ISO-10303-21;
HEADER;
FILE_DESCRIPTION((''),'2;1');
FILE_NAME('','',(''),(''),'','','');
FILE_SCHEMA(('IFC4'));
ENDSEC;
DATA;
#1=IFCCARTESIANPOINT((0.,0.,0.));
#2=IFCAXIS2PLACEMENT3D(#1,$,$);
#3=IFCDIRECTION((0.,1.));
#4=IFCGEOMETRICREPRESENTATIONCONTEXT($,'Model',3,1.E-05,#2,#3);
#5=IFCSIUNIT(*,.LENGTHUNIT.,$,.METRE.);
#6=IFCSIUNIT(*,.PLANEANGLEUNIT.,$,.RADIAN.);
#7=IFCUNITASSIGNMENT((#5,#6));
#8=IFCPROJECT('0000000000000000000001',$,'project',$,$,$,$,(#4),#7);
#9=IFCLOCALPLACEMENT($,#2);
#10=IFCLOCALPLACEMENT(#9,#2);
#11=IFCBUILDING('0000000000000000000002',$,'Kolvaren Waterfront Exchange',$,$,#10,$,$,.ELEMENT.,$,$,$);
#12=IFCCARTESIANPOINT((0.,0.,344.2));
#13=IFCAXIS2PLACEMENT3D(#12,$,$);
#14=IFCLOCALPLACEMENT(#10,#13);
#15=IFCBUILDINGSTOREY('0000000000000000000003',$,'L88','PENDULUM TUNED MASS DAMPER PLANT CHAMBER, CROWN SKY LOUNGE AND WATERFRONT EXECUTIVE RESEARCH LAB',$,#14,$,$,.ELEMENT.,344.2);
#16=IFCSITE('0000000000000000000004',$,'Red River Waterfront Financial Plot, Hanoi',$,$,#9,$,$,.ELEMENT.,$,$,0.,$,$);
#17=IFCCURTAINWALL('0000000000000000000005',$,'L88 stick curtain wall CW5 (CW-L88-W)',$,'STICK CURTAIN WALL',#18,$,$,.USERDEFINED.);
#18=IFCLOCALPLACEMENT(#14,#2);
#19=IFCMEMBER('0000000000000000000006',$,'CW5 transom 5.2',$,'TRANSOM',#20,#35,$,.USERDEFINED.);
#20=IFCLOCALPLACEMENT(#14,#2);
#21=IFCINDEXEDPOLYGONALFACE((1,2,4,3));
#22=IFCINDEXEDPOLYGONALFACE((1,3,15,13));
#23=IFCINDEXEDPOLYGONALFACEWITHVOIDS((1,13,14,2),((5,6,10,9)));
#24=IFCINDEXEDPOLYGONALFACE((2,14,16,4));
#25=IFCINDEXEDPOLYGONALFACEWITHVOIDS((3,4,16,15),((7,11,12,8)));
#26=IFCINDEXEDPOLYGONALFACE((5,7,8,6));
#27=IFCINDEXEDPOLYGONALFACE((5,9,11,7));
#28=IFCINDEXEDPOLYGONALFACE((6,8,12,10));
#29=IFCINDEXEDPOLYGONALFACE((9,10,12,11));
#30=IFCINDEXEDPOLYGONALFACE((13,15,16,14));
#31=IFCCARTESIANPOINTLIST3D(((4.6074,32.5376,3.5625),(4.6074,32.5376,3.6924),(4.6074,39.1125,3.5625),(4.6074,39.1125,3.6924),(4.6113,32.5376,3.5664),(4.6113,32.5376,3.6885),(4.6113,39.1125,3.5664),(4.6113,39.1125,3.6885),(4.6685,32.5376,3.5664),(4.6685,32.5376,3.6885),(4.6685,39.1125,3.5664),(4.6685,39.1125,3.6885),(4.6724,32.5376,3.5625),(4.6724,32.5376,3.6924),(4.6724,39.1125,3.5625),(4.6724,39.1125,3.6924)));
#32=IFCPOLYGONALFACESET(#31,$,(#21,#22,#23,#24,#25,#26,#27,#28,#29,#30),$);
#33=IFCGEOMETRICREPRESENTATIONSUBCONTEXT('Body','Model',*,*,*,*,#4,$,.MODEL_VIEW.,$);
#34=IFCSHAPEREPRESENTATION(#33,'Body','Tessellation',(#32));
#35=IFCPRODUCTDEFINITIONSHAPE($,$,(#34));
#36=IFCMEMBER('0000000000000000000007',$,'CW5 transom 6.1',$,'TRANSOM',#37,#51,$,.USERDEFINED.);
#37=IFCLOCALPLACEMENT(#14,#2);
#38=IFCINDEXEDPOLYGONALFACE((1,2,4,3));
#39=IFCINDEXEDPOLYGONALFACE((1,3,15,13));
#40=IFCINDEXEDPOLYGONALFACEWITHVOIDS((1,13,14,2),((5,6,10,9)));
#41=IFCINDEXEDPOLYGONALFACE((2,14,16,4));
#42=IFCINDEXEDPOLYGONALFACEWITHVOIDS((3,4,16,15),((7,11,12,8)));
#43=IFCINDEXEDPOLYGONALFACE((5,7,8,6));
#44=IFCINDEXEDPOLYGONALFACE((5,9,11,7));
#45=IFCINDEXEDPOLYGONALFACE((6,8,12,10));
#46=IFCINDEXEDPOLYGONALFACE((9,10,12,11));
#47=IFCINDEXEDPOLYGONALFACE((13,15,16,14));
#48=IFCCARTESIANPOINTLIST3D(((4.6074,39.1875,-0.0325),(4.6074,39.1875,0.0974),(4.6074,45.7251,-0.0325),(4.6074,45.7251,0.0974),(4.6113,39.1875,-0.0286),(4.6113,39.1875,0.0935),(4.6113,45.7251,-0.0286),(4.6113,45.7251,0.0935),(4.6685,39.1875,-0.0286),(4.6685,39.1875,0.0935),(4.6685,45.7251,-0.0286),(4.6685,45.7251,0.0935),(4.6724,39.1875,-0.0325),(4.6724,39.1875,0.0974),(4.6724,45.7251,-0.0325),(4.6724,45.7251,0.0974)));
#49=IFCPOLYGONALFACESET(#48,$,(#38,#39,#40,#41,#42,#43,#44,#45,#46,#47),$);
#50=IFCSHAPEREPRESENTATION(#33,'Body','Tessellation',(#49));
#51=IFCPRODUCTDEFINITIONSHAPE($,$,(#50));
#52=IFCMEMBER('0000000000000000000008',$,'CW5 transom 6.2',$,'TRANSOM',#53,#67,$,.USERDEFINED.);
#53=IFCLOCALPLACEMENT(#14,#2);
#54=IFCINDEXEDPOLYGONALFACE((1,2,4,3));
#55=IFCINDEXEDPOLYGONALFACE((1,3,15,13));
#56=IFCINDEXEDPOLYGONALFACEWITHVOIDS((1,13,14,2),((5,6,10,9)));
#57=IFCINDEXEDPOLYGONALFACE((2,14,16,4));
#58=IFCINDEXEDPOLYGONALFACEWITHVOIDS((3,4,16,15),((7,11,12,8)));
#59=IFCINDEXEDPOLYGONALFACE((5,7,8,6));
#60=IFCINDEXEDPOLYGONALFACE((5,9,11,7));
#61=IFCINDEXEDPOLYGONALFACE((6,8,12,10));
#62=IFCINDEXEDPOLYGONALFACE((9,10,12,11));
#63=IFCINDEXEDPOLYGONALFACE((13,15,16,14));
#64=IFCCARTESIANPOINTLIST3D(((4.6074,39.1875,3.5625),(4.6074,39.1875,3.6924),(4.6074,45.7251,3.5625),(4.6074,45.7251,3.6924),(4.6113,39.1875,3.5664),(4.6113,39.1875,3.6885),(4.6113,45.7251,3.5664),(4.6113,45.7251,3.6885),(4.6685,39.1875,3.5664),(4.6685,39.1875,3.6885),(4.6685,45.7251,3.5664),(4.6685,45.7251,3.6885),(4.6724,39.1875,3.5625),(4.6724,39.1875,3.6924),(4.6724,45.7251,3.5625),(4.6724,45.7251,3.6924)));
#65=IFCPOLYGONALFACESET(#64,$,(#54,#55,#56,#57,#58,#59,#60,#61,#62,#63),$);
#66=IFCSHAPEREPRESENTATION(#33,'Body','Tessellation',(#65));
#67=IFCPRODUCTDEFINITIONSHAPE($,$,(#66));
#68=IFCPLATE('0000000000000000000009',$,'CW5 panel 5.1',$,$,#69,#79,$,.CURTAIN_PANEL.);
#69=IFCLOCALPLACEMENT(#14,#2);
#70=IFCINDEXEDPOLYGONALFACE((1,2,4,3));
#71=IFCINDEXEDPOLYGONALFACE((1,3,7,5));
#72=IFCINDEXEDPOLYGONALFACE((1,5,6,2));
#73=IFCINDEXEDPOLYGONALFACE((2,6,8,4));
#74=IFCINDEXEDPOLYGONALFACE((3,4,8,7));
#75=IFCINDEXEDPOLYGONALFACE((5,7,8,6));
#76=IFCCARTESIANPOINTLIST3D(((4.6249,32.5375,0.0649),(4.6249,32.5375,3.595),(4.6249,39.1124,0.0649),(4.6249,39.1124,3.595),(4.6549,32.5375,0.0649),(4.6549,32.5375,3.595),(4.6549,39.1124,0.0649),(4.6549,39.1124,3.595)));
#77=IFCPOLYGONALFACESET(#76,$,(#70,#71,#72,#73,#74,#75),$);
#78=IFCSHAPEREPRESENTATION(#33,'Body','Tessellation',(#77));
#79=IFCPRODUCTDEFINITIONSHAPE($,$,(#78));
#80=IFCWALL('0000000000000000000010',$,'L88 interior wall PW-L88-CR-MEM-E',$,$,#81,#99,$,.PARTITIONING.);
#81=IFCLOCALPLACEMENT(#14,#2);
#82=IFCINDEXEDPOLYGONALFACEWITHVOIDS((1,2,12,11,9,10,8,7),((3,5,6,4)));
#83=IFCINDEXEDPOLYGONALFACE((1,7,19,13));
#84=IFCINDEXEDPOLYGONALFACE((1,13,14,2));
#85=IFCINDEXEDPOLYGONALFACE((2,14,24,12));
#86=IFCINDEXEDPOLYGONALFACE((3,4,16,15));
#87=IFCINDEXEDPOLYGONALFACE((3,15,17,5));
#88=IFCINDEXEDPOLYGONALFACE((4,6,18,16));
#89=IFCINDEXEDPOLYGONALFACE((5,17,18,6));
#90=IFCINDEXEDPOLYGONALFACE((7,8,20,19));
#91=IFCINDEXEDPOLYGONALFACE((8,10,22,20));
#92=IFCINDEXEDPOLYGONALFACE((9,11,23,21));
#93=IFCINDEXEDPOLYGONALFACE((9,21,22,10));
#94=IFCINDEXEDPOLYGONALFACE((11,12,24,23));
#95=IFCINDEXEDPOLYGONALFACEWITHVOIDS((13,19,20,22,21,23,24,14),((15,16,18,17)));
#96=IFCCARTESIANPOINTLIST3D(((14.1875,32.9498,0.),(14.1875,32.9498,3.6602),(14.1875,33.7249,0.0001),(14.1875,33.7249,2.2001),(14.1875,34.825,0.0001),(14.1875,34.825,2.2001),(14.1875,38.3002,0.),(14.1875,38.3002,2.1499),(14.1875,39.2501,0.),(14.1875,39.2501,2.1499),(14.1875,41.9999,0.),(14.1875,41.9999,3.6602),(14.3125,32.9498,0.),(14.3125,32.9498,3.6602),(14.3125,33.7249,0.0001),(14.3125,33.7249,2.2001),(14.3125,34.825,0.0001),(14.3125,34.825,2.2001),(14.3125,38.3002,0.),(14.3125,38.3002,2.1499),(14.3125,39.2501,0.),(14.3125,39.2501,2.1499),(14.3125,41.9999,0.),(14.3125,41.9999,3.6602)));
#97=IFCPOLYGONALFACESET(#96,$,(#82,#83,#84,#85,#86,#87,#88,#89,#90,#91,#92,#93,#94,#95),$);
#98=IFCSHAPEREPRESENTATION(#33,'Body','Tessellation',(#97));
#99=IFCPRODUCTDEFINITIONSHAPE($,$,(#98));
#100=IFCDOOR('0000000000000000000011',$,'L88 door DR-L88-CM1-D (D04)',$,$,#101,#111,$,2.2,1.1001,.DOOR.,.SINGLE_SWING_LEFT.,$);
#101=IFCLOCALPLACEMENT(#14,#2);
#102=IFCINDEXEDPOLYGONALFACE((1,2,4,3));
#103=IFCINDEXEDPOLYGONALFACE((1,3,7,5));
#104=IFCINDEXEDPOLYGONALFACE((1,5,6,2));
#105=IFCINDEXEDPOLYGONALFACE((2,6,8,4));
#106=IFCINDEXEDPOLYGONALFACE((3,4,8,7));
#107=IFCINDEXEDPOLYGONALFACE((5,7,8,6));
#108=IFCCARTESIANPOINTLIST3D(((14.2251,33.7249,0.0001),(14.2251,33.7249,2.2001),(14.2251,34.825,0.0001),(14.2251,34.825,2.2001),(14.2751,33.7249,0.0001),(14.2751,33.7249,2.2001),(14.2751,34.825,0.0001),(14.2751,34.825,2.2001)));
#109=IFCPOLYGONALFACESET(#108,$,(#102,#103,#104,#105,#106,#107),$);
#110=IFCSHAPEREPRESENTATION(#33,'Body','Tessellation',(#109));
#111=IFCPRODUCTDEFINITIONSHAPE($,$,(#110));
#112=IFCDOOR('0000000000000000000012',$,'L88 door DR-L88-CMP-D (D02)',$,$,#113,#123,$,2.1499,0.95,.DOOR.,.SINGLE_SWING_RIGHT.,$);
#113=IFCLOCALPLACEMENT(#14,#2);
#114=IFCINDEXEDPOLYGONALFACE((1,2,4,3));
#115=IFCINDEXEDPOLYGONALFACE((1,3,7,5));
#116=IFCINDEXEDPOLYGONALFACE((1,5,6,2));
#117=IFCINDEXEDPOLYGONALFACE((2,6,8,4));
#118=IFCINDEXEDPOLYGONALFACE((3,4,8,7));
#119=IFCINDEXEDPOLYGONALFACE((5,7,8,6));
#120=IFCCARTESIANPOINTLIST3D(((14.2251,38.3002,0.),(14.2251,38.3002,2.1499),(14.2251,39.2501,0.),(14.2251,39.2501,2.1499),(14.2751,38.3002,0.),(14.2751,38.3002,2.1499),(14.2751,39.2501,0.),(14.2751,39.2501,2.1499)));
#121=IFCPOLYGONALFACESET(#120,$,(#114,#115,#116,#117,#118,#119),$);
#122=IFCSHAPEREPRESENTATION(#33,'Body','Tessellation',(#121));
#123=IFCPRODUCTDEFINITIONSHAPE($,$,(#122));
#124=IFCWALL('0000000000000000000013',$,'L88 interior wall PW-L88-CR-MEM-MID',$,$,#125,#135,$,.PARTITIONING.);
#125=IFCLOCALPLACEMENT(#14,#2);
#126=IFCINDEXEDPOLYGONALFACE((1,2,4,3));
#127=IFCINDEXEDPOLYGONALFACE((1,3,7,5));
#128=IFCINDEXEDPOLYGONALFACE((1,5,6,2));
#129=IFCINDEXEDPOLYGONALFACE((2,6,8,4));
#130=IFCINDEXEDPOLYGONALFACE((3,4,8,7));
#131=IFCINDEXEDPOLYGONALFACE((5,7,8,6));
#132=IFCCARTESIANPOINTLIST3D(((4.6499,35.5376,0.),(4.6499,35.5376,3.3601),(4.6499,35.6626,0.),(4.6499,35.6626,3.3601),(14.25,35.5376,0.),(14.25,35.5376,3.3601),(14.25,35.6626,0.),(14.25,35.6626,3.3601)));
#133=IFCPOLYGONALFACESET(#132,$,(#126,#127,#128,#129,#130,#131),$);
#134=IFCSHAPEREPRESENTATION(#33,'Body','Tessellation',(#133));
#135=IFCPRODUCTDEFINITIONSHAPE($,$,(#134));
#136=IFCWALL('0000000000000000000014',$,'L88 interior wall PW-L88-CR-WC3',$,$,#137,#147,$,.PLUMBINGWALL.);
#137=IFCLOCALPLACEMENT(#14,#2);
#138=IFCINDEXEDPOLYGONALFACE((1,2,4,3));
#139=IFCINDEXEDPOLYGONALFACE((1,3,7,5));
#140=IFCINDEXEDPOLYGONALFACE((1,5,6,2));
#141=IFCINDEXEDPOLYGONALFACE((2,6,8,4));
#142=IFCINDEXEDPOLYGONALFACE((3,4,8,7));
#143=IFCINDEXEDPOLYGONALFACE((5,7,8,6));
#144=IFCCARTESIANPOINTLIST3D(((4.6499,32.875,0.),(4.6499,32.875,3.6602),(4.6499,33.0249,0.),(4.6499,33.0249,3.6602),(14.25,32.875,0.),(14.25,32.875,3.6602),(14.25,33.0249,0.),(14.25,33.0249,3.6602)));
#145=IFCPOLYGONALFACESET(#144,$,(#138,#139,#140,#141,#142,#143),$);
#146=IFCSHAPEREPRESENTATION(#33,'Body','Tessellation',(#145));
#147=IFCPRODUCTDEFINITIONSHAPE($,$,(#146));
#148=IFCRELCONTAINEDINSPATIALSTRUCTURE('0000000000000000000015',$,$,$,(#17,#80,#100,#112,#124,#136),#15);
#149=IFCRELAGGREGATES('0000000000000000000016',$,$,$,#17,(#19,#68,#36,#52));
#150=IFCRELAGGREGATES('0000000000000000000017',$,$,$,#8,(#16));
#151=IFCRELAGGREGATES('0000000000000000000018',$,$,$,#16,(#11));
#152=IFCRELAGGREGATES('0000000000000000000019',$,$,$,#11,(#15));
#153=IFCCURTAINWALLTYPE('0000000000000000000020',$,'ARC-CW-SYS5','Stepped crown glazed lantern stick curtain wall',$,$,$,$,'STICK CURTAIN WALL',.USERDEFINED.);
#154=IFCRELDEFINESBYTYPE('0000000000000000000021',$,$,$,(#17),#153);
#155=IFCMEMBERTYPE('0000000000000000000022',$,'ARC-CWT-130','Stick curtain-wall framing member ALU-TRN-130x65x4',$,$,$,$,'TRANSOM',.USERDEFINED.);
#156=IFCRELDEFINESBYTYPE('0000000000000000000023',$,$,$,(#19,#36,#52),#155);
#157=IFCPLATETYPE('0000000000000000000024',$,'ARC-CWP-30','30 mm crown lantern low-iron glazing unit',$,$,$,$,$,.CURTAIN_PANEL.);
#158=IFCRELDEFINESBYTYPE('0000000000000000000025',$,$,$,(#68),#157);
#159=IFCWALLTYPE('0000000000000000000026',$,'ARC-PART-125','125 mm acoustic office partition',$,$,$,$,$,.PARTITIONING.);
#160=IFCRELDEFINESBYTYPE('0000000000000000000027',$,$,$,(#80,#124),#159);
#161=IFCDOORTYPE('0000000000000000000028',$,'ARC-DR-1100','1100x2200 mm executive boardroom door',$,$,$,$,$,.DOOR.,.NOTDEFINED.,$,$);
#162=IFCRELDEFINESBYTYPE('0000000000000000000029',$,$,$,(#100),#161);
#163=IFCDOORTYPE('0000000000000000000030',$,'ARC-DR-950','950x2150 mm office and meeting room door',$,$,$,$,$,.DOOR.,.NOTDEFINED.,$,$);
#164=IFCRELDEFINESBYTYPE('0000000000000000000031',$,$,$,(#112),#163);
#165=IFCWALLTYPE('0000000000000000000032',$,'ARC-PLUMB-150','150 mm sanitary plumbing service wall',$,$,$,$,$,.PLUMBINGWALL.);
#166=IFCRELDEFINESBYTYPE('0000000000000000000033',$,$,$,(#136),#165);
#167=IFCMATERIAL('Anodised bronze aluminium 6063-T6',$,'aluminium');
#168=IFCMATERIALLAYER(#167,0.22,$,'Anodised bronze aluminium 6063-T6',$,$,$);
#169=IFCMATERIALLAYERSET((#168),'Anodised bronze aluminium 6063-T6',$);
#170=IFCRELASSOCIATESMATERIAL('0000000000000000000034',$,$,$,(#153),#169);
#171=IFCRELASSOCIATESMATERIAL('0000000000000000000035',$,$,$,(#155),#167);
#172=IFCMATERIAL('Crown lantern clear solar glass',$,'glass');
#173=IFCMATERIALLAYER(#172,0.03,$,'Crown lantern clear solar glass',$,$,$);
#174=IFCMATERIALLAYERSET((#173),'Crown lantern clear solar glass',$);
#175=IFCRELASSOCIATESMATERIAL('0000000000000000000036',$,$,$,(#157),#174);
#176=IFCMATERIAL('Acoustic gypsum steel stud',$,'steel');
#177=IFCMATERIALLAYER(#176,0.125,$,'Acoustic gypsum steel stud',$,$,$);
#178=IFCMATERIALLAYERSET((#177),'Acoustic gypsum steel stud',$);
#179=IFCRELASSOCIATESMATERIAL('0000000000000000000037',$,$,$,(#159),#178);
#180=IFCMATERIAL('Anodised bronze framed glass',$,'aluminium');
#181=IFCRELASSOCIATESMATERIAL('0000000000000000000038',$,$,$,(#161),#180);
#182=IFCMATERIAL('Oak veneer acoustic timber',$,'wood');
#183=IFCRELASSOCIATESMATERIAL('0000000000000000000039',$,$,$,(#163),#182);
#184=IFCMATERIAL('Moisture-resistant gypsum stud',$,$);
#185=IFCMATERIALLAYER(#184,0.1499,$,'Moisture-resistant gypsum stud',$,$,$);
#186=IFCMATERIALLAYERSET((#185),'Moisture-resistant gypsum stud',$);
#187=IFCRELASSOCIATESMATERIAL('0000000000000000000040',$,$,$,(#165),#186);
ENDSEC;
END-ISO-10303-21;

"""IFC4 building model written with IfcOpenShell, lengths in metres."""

from ifc_helpers import new_model, si_unit, direction, frame, frame_2d, origin, origin_with_axes, origin_2d, place, context, subcontext, project, spatial, rectangle, hollow_rectangle, extrude, source, transform, mapped, material, layer, layer_set, material_profile, profile_set, type_object, element, fill, aggregate, save


model = new_model("IFC4")

# Units and contexts
model_context = context("Model", 3, precision=1e-05, world=origin(), true_north=direction((0.0, 1.0)))
body_context = subcontext(model_context, "Body", "Model", "MODEL_VIEW")
ifc_project = project(units=[si_unit("LENGTHUNIT", "METRE"), si_unit("PLANEANGLEUNIT", "RADIAN")], contexts=[model_context])

# Site, building, storey
site_placement = place(None, origin())
site = spatial("IfcSite", under=ifc_project, at=site_placement, Name="Red River Waterfront Financial Plot, Hanoi", CompositionType="ELEMENT", RefElevation=0.0)
building_placement = place(site_placement, origin())
building = spatial("IfcBuilding", under=site, at=building_placement, Name="Kolvaren Waterfront Exchange", CompositionType="ELEMENT")
storey_placement = place(building_placement, frame((0.0, 0.0, 344.2)))
storey = spatial("IfcBuildingStorey", under=building, at=storey_placement, Name="L88", Description="PENDULUM TUNED MASS DAMPER PLANT CHAMBER, CROWN SKY LOUNGE AND WATERFRONT EXECUTIVE RESEARCH LAB", CompositionType="ELEMENT", Elevation=344.2)

# Curtain wall, members, plate
ifc_material_1 = material(Name="Anodised bronze aluminium 6063-T6", Category="aluminium")
ifc_layer_1 = layer(ifc_material_1, 0.22, Name="Anodised bronze aluminium 6063-T6")
ifc_layer_set_1 = layer_set([ifc_layer_1], Name="Anodised bronze aluminium 6063-T6")
curtain_wall_type = type_object("IfcCurtainWallType", Name="ARC-CW-SYS5", Description="Stepped crown glazed lantern stick curtain wall", ElementType="STICK CURTAIN WALL", PredefinedType="USERDEFINED", material=ifc_layer_set_1)
curtain_wall_placement = place(storey_placement, origin())
curtain_wall = element("IfcCurtainWall", 1, at=curtain_wall_placement, inside=storey, type_object=curtain_wall_type, Name="L88 stick curtain wall CW5 (CW-L88-W)", ObjectType="STICK CURTAIN WALL", PredefinedType="USERDEFINED")
ifc_material_profile_1 = material_profile(ifc_material_1, hollow_rectangle(XDim=0.0649, YDim=0.1299, WallThickness=0.0039, at=origin_2d()), Name="ALU-TRN-130x65x4")
ifc_profile_set_1 = profile_set([ifc_material_profile_1], Name="Anodised bronze aluminium 6063-T6")
member_type_1 = type_object("IfcMemberType", Name="ARC-CWT-130", Description="Stick curtain-wall framing member ALU-TRN-130x65x4", ElementType="TRANSOM", PredefinedType="USERDEFINED", material=ifc_profile_set_1)
shared_shape_1 = source(origin_with_axes(), body_context, "Body", "SweptSolid", [
    extrude(hollow_rectangle(XDim=0.0649, YDim=0.1299, WallThickness=0.0039, at=origin_2d()), origin(), (0.0, 0.0, 1.0), 6.575),
])
member_1_placement = place(storey_placement, frame((4.6399, 32.5376, 3.6274), z_axis=(0.0, 1.0, 0.0), x_axis=(-1.0, 0.0, 0.0)))
member_1 = element("IfcMember", 2, at=member_1_placement, type_object=member_type_1, Name="CW5 transom 5.2", ObjectType="TRANSOM", PredefinedType="USERDEFINED", context=body_context, shape_type="MappedRepresentation", body=[
    mapped(shared_shape_1, transform((0.0, 0.0, 0.0), x_axis=(1.0, 0.0, 0.0), y_axis=(0.0, 1.0, 0.0), z_axis=(0.0, 0.0, 1.0), scale=1.0)),
])
shared_shape_2 = source(origin_with_axes(), body_context, "Body", "SweptSolid", [
    extrude(hollow_rectangle(XDim=0.0649, YDim=0.1299, WallThickness=0.0039, at=origin_2d()), origin(), (0.0, 0.0, 1.0), 6.5376),
])
member_2_placement = place(storey_placement, frame((4.6399, 39.1875, 0.0325), z_axis=(0.0, 1.0, 0.0), x_axis=(-1.0, 0.0, 0.0)))
member_2 = element("IfcMember", 3, at=member_2_placement, type_object=member_type_1, Name="CW5 transom 6.1", ObjectType="TRANSOM", PredefinedType="USERDEFINED", context=body_context, shape_type="MappedRepresentation", body=[
    mapped(shared_shape_2, transform((0.0, 0.0, 0.0), x_axis=(1.0, 0.0, 0.0), y_axis=(0.0, 1.0, 0.0), z_axis=(0.0, 0.0, 1.0), scale=1.0)),
])
member_3_placement = place(storey_placement, frame((4.6399, 39.1875, 3.6274), z_axis=(0.0, 1.0, 0.0), x_axis=(-1.0, 0.0, 0.0)))
member_3 = element("IfcMember", 4, at=member_3_placement, type_object=member_type_1, Name="CW5 transom 6.2", ObjectType="TRANSOM", PredefinedType="USERDEFINED", context=body_context, shape_type="MappedRepresentation", body=[
    mapped(shared_shape_2, transform((0.0, 0.0, 0.0), x_axis=(1.0, 0.0, 0.0), y_axis=(0.0, 1.0, 0.0), z_axis=(0.0, 0.0, 1.0), scale=1.0)),
])
ifc_material_2 = material(Name="Crown lantern clear solar glass", Category="glass")
ifc_layer_2 = layer(ifc_material_2, 0.03, Name="Crown lantern clear solar glass")
ifc_layer_set_2 = layer_set([ifc_layer_2], Name="Crown lantern clear solar glass")
plate_type = type_object("IfcPlateType", Name="ARC-CWP-30", Description="30 mm crown lantern low-iron glazing unit", PredefinedType="CURTAIN_PANEL", material=ifc_layer_set_2)
shared_shape_3 = source(origin_with_axes(), body_context, "Body", "SweptSolid", [
    extrude(rectangle(XDim=6.575, YDim=0.03, at=origin_2d()), origin(), (0.0, 0.0, 1.0), 3.53),
])
plate_placement = place(storey_placement, frame((4.6399, 35.825, 0.0649), z_axis=(0.0, 0.0, 1.0), x_axis=(0.0, 1.0, 0.0)))
plate = element("IfcPlate", 5, at=plate_placement, type_object=plate_type, Name="CW5 panel 5.1", PredefinedType="CURTAIN_PANEL", context=body_context, shape_type="MappedRepresentation", body=[
    mapped(shared_shape_3, transform((0.0, 0.0, 0.0), x_axis=(1.0, 0.0, 0.0), y_axis=(0.0, 1.0, 0.0), z_axis=(0.0, 0.0, 1.0), scale=1.0)),
])
aggregate(curtain_wall, [member_1, plate, member_2, member_3])

# Wall, openings, doors
ifc_material_3 = material(Name="Acoustic gypsum steel stud", Category="steel")
ifc_layer_3 = layer(ifc_material_3, 0.125, Name="Acoustic gypsum steel stud")
ifc_layer_set_3 = layer_set([ifc_layer_3], Name="Acoustic gypsum steel stud")
wall_type_1 = type_object("IfcWallType", Name="ARC-PART-125", Description="125 mm acoustic office partition", PredefinedType="PARTITIONING", material=ifc_layer_set_3)
wall_1_placement = place(storey_placement, frame((14.25, 32.95, 0.0), z_axis=(0.0, 0.0, 1.0), x_axis=(0.0, 1.0, 0.0)))
wall_1 = element("IfcWall", 6, at=wall_1_placement, inside=storey, type_object=wall_type_1, Name="L88 interior wall PW-L88-CR-MEM-E", PredefinedType="PARTITIONING", context=body_context, shape_type="SweptSolid", body=[
    extrude(rectangle(XDim=9.05, YDim=0.125, at=frame_2d((4.5249, 0.0))), origin(), (0.0, 0.0, 1.0), 3.6602),
])
opening_1_placement = place(wall_1_placement, frame((0.7749, 0.0, 0.0)))
opening_1 = element("IfcOpeningElement", 7, at=opening_1_placement, cuts=wall_1, PredefinedType="OPENING", context=body_context, shape_type="SweptSolid", body=[
    extrude(rectangle(XDim=1.1001, YDim=2.2, at=frame_2d((0.55, 1.1001))), frame((0.0, 0.0725, 0.0), z_axis=(0.0, -1.0, 0.0), x_axis=(1.0, 0.0, 0.0)), (0.0, 0.0, 1.0), 0.145),
])
opening_2_placement = place(wall_1_placement, frame((5.3501, 0.0, 0.0)))
opening_2 = element("IfcOpeningElement", 8, at=opening_2_placement, cuts=wall_1, PredefinedType="OPENING", context=body_context, shape_type="SweptSolid", body=[
    extrude(rectangle(XDim=0.95, YDim=2.1499, at=frame_2d((0.4751, 1.075))), frame((0.0, 0.0725, 0.0), z_axis=(0.0, -1.0, 0.0), x_axis=(1.0, 0.0, 0.0)), (0.0, 0.0, 1.0), 0.145),
])
ifc_material_4 = material(Name="Anodised bronze framed glass", Category="aluminium")
door_type_1 = type_object("IfcDoorType", Name="ARC-DR-1100", Description="1100x2200 mm executive boardroom door", OperationType="NOTDEFINED", PredefinedType="DOOR", material=ifc_material_4)
door_1_placement = place(opening_1_placement, origin())
door_1 = element("IfcDoor", 9, at=door_1_placement, inside=storey, type_object=door_type_1, Name="L88 door DR-L88-CM1-D (D04)", OperationType="SINGLE_SWING_LEFT", OverallHeight=2.2, OverallWidth=1.1001, PredefinedType="DOOR", context=body_context, shape_type="SweptSolid", body=[
    extrude(rectangle(XDim=1.1001, YDim=2.2, at=frame_2d((0.55, 1.1001))), frame((0.0, 0.0249, 0.0), z_axis=(0.0, -1.0, 0.0), x_axis=(1.0, 0.0, 0.0)), (0.0, 0.0, 1.0), 0.05),
])
fill(opening_1, door_1)
ifc_material_5 = material(Name="Oak veneer acoustic timber", Category="wood")
door_type_2 = type_object("IfcDoorType", Name="ARC-DR-950", Description="950x2150 mm office and meeting room door", OperationType="NOTDEFINED", PredefinedType="DOOR", material=ifc_material_5)
door_2_placement = place(opening_2_placement, origin())
door_2 = element("IfcDoor", 10, at=door_2_placement, inside=storey, type_object=door_type_2, Name="L88 door DR-L88-CMP-D (D02)", OperationType="SINGLE_SWING_RIGHT", OverallHeight=2.1499, OverallWidth=0.95, PredefinedType="DOOR", context=body_context, shape_type="SweptSolid", body=[
    extrude(rectangle(XDim=0.95, YDim=2.1499, at=frame_2d((0.4751, 1.075))), frame((0.0, 0.0249, 0.0), z_axis=(0.0, -1.0, 0.0), x_axis=(1.0, 0.0, 0.0)), (0.0, 0.0, 1.0), 0.05),
])
fill(opening_2, door_2)

# Walls
wall_2_placement = place(storey_placement, frame((4.6499, 35.6001, 0.0), z_axis=(0.0, 0.0, 1.0), x_axis=(1.0, 0.0, 0.0)))
element("IfcWall", 11, at=wall_2_placement, inside=storey, type_object=wall_type_1, Name="L88 interior wall PW-L88-CR-MEM-MID", PredefinedType="PARTITIONING", context=body_context, shape_type="SweptSolid", body=[
    extrude(rectangle(XDim=9.6001, YDim=0.125, at=frame_2d((4.8, 0.0))), origin(), (0.0, 0.0, 1.0), 3.3601),
])
ifc_material_6 = material(Name="Moisture-resistant gypsum stud")
ifc_layer_4 = layer(ifc_material_6, 0.1499, Name="Moisture-resistant gypsum stud")
ifc_layer_set_4 = layer_set([ifc_layer_4], Name="Moisture-resistant gypsum stud")
wall_type_2 = type_object("IfcWallType", Name="ARC-PLUMB-150", Description="150 mm sanitary plumbing service wall", PredefinedType="PLUMBINGWALL", material=ifc_layer_set_4)
wall_3_placement = place(storey_placement, frame((4.6499, 32.95, 0.0), z_axis=(0.0, 0.0, 1.0), x_axis=(1.0, 0.0, 0.0)))
element("IfcWall", 12, at=wall_3_placement, inside=storey, type_object=wall_type_2, Name="L88 interior wall PW-L88-CR-WC3", PredefinedType="PLUMBINGWALL", context=body_context, shape_type="SweptSolid", body=[
    extrude(rectangle(XDim=9.6001, YDim=0.1499, at=frame_2d((4.8, 0.0))), origin(), (0.0, 0.0, 1.0), 3.6602),
])

save(model, "model.ifc")
